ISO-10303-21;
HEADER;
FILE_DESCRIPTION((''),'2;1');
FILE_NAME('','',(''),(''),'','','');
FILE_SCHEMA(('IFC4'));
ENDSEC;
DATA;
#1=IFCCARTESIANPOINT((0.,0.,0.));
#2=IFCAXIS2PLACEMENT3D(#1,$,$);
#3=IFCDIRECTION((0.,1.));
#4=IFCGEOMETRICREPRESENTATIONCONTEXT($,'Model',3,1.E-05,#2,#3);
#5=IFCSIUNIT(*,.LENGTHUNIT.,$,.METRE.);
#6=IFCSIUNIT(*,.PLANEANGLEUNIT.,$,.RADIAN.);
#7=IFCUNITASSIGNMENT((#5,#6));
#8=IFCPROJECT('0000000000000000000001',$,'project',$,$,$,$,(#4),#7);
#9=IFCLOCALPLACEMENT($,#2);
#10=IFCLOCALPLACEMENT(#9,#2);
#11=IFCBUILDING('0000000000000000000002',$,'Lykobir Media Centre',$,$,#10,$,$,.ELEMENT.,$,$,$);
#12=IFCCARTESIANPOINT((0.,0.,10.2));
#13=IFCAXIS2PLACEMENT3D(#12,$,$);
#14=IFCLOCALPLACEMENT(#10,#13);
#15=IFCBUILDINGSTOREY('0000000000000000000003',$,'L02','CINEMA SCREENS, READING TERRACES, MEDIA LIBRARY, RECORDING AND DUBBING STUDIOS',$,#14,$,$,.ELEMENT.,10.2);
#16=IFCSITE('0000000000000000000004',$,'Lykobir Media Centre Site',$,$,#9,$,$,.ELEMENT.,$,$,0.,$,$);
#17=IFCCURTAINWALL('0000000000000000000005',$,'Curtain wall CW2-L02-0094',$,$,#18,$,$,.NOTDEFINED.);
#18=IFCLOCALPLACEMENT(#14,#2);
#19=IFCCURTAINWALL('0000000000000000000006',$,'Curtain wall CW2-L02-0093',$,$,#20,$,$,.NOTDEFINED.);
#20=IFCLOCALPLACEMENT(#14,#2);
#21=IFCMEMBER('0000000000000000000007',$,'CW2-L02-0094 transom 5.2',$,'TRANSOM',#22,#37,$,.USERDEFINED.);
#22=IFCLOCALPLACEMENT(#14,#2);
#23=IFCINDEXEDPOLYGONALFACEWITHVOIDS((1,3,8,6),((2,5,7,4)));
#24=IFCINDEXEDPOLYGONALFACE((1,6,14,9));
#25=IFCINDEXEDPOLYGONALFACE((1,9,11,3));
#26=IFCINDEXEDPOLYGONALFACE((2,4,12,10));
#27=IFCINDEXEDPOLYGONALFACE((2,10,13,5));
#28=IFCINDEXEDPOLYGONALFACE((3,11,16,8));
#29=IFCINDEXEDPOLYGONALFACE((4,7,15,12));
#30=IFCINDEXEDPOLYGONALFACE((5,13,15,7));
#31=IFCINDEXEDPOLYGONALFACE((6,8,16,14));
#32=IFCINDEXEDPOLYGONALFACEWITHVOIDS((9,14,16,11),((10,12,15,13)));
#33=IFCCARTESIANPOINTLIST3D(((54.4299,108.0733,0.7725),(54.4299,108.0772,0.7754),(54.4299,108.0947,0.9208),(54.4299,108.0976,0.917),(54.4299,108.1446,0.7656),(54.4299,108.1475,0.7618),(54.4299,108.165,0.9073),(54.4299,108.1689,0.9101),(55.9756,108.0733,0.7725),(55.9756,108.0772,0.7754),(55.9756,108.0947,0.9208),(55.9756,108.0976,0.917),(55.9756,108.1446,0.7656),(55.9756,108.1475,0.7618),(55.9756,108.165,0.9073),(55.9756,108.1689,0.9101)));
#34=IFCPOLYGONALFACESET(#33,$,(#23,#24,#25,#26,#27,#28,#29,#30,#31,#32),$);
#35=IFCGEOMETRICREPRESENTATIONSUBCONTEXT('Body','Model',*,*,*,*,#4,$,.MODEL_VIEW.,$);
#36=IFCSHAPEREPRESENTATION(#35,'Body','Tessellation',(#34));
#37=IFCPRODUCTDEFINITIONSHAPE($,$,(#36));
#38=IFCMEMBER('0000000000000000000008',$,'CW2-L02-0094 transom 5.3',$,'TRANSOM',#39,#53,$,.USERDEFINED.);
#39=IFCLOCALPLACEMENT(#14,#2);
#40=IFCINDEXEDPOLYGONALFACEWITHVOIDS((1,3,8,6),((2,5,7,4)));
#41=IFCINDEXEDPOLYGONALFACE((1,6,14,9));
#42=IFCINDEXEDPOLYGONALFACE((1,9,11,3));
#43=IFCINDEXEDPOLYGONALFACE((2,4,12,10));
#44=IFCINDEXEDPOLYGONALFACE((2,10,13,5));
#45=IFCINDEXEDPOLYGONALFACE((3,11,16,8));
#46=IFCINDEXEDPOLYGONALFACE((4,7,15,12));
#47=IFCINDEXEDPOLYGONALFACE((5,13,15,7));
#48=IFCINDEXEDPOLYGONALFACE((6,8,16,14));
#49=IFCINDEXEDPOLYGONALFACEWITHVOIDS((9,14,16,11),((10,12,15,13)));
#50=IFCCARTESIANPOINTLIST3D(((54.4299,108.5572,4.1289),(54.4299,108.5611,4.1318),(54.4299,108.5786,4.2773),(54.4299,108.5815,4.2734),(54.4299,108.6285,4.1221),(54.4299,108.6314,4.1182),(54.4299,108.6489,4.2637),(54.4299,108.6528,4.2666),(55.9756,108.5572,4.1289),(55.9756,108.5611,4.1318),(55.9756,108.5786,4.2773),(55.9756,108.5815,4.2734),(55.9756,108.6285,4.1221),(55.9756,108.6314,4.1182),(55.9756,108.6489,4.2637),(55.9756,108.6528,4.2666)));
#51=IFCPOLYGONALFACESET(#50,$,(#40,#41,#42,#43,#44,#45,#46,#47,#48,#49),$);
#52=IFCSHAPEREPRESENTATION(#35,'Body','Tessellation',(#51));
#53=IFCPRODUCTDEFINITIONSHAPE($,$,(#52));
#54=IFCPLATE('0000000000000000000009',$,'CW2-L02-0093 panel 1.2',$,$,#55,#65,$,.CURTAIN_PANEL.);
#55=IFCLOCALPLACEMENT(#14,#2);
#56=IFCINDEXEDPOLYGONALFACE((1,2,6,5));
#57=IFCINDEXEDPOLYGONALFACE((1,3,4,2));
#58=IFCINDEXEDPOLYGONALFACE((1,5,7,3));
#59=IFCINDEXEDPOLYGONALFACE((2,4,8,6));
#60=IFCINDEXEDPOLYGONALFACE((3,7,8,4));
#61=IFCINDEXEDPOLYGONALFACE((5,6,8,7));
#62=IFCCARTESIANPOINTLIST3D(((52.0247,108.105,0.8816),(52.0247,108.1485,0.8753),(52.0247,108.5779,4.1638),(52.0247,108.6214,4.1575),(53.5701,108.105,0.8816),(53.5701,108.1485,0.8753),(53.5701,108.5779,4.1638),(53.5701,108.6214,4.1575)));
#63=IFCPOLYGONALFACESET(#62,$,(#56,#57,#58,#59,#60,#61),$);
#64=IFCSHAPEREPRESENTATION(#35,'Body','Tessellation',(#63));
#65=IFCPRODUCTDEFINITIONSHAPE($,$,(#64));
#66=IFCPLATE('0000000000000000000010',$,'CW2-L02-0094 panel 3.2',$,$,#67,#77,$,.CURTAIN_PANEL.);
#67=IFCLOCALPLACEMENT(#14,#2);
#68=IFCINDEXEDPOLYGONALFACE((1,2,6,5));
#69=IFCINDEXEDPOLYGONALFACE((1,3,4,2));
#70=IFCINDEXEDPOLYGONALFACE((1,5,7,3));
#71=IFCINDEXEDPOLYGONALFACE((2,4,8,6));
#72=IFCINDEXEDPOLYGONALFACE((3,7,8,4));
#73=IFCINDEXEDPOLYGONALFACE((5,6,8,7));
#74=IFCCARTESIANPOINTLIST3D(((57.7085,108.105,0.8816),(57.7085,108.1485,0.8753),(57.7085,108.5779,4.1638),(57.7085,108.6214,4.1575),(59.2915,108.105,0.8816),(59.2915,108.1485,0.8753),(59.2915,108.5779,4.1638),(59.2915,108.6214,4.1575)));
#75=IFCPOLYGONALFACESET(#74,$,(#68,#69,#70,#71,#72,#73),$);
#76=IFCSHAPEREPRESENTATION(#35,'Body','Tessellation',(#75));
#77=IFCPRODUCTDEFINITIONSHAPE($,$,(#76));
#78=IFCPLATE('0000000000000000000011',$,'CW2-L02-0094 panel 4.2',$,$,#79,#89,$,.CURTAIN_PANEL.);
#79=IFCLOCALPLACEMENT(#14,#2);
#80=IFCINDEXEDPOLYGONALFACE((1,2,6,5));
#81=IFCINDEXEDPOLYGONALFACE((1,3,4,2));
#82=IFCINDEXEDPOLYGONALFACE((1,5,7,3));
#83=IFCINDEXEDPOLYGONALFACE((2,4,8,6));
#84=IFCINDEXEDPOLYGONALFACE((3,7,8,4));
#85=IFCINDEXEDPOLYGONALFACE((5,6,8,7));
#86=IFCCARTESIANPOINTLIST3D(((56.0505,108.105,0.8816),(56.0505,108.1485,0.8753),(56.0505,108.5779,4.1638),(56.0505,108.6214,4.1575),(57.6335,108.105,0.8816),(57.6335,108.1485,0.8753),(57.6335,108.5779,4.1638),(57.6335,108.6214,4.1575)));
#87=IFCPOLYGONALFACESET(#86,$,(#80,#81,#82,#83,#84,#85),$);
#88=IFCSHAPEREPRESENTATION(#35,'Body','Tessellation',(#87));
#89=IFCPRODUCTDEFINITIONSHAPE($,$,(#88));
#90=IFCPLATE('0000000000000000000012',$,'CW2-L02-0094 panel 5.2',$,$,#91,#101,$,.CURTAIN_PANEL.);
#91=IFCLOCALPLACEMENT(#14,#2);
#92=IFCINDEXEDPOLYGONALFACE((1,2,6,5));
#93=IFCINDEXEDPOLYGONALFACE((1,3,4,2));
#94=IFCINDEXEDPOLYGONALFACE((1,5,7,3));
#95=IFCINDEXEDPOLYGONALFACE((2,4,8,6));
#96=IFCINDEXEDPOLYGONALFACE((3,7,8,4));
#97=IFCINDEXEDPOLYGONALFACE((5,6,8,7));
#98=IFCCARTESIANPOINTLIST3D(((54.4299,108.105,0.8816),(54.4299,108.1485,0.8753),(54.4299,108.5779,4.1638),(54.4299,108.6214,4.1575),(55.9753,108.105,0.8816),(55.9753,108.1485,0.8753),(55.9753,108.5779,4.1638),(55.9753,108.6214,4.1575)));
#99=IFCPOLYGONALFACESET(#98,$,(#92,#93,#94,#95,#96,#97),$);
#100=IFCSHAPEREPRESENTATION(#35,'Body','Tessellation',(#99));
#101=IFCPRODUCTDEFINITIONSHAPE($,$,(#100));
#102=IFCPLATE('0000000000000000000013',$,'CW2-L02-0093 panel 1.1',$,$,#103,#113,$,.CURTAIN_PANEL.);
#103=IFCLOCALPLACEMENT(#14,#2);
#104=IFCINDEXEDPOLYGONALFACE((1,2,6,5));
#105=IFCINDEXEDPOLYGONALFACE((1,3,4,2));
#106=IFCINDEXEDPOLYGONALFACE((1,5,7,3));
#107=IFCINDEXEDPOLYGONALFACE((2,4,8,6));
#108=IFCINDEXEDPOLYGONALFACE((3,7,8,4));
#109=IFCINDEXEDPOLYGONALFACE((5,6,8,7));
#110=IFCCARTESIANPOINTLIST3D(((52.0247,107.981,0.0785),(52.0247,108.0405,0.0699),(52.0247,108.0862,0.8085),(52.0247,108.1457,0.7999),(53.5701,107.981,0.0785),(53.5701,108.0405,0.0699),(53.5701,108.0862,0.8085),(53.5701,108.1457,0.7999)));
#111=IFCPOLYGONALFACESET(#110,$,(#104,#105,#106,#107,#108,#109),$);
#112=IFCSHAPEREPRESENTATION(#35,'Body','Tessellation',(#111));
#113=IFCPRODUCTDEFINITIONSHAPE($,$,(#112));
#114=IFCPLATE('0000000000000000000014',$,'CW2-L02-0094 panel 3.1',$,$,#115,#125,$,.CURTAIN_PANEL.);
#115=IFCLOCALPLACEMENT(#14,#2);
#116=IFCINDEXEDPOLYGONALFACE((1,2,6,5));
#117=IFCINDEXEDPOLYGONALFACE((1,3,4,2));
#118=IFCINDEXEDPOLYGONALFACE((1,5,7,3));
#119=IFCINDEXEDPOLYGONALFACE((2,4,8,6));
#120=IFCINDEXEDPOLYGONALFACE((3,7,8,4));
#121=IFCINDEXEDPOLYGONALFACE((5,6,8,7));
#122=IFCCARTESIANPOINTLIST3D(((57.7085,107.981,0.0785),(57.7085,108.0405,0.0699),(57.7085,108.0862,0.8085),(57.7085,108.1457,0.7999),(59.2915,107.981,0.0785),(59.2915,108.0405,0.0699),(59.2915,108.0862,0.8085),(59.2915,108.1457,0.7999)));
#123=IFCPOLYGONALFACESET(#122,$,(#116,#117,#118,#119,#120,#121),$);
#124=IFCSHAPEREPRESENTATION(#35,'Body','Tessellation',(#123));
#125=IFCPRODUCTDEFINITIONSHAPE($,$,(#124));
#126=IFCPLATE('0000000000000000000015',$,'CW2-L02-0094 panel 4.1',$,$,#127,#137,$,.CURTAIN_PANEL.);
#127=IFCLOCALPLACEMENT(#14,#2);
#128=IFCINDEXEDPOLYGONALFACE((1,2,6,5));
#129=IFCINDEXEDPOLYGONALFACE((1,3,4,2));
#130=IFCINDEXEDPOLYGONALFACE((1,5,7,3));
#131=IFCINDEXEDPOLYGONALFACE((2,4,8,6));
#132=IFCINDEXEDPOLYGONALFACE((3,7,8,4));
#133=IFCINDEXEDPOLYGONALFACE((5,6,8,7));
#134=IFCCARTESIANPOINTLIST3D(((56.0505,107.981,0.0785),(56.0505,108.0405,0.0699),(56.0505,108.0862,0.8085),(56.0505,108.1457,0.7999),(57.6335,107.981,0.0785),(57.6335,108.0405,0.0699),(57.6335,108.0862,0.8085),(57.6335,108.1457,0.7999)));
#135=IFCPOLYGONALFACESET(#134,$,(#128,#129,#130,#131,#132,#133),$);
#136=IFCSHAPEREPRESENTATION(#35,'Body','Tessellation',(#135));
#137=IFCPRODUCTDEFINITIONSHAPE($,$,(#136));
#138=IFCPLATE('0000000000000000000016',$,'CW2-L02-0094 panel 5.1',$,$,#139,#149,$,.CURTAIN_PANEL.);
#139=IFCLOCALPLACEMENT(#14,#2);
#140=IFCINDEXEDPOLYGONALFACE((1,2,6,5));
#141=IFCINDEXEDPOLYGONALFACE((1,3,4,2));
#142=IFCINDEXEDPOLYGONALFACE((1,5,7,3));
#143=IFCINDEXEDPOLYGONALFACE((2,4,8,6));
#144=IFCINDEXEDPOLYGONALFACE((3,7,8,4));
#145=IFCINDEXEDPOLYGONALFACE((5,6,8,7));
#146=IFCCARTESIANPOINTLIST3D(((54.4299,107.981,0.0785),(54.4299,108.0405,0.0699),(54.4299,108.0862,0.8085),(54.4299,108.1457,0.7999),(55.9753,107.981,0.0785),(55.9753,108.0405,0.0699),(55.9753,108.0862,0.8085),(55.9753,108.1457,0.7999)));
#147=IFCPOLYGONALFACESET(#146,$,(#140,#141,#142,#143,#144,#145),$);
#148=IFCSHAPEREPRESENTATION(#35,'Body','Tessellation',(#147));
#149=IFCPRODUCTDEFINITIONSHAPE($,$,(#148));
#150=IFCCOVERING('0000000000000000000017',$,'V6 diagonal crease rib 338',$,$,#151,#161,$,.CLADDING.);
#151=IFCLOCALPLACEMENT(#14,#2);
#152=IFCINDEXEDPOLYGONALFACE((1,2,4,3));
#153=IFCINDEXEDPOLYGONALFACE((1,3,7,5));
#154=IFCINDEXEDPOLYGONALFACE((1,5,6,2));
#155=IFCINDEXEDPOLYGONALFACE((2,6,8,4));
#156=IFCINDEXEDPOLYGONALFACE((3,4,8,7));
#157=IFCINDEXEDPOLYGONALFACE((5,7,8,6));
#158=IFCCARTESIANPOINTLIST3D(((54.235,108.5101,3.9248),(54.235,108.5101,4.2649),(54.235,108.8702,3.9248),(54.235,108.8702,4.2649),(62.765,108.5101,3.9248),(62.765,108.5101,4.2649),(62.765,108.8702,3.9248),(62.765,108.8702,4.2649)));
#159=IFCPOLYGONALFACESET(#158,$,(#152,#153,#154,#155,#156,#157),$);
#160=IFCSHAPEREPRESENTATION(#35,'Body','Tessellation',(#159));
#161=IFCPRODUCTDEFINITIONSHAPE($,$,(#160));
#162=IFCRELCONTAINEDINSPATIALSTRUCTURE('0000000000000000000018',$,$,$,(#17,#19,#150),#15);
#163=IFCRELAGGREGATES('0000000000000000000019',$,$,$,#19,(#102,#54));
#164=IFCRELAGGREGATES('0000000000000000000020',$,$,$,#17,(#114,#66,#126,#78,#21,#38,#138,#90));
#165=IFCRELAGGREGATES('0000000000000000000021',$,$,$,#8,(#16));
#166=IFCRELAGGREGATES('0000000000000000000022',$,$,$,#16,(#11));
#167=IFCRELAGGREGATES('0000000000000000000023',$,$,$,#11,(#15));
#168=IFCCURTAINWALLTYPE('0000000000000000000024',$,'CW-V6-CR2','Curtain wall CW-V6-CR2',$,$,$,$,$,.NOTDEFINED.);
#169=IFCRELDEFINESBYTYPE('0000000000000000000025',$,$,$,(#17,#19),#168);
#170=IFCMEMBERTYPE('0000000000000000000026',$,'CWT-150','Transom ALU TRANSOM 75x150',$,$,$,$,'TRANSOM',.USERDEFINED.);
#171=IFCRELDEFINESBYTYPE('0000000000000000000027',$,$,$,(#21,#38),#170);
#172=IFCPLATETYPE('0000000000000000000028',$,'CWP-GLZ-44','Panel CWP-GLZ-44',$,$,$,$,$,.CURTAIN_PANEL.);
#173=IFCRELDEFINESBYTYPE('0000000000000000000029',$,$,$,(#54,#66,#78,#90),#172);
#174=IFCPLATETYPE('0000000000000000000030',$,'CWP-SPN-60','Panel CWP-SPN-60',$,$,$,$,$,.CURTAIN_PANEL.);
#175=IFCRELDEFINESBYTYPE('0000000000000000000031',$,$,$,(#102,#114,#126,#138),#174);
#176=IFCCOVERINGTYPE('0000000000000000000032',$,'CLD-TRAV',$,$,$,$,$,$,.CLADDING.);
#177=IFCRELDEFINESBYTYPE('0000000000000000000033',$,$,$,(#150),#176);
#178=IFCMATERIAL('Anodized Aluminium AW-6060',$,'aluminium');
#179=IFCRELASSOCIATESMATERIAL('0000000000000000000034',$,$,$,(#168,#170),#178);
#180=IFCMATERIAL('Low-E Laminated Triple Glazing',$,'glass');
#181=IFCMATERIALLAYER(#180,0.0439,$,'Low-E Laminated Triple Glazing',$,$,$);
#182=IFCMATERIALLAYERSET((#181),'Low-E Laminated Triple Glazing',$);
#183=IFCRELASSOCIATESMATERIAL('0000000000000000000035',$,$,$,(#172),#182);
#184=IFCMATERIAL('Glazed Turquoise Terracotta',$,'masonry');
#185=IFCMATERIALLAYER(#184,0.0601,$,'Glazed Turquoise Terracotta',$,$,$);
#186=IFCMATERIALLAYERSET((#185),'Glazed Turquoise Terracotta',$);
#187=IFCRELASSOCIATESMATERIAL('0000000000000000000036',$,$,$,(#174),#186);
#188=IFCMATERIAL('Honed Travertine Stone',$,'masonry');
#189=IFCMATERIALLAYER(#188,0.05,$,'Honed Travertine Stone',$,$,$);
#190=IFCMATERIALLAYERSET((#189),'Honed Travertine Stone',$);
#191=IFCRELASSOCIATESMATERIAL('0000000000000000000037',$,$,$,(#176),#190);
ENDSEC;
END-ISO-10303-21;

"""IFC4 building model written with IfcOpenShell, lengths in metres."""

from ifc_helpers import new_model, si_unit, direction, frame, origin, origin_2d, place, context, subcontext, project, spatial, rectangle, hollow_rectangle, extrude, material, layer, layer_set, material_profile, profile_set, type_object, element, aggregate, save


model = new_model("IFC4")

# Units and contexts
model_context = context("Model", 3, precision=1e-05, world=origin(), true_north=direction((0.0, 1.0)))
body_context = subcontext(model_context, "Body", "Model", "MODEL_VIEW")
ifc_project = project(units=[si_unit("LENGTHUNIT", "METRE"), si_unit("PLANEANGLEUNIT", "RADIAN")], contexts=[model_context])

# Site, building, storey
site_placement = place(None, origin())
site = spatial("IfcSite", under=ifc_project, at=site_placement, Name="Lykobir Media Centre Site", CompositionType="ELEMENT", RefElevation=0.0)
building_placement = place(site_placement, origin())
building = spatial("IfcBuilding", under=site, at=building_placement, Name="Lykobir Media Centre", CompositionType="ELEMENT")
storey_placement = place(building_placement, frame((0.0, 0.0, 10.2)))
storey = spatial("IfcBuildingStorey", under=building, at=storey_placement, Name="L02", Description="CINEMA SCREENS, READING TERRACES, MEDIA LIBRARY, RECORDING AND DUBBING STUDIOS", CompositionType="ELEMENT", Elevation=10.2)

# Curtain wall
ifc_material_1 = material(Name="Anodized Aluminium AW-6060", Category="aluminium")
curtain_wall_type = type_object("IfcCurtainWallType", Name="CW-V6-CR2", Description="Curtain wall CW-V6-CR2", PredefinedType="NOTDEFINED", material=ifc_material_1)
curtain_wall_1_placement = place(storey_placement, origin())
curtain_wall_1 = element("IfcCurtainWall", 1, at=curtain_wall_1_placement, inside=storey, type_object=curtain_wall_type, Name="Curtain wall CW2-L02-0094", PredefinedType="NOTDEFINED")

# Curtain wall
curtain_wall_2_placement = place(storey_placement, origin())
curtain_wall_2 = element("IfcCurtainWall", 2, at=curtain_wall_2_placement, inside=storey, type_object=curtain_wall_type, Name="Curtain wall CW2-L02-0093", PredefinedType="NOTDEFINED")
ifc_material_profile_1 = material_profile(ifc_material_1, hollow_rectangle(XDim=0.075, YDim=0.1499, WallThickness=0.0034, at=origin_2d()), Name="ALU TRANSOM 75x150")
ifc_profile_set_1 = profile_set([ifc_material_profile_1], Name="Anodized Aluminium AW-6060")
member_type_1 = type_object("IfcMemberType", Name="CWT-150", Description="Transom ALU TRANSOM 75x150", ElementType="TRANSOM", PredefinedType="USERDEFINED", material=ifc_profile_set_1)

# Members
member_1_placement = place(storey_placement, frame((55.9756, 108.1211, 0.8413), z_axis=(-1.0, 0.0, 0.0), x_axis=(0.0, -0.989776, 0.142629)))
member_1 = element("IfcMember", 3, at=member_1_placement, type_object=member_type_1, Name="CW2-L02-0094 transom 5.2", ObjectType="TRANSOM", PredefinedType="USERDEFINED", context=body_context, shape_type="SweptSolid", body=[
    extrude(hollow_rectangle(XDim=0.075, YDim=0.1499, WallThickness=0.0034, at=origin_2d()), origin(), (0.0, 0.0, 1.0), 1.5457),
])
member_2_placement = place(storey_placement, frame((55.9756, 108.605, 4.1978), z_axis=(-1.0, 0.0, 0.0), x_axis=(0.0, -0.989776, 0.142629)))
member_2 = element("IfcMember", 4, at=member_2_placement, type_object=member_type_1, Name="CW2-L02-0094 transom 5.3", ObjectType="TRANSOM", PredefinedType="USERDEFINED", context=body_context, shape_type="SweptSolid", body=[
    extrude(hollow_rectangle(XDim=0.075, YDim=0.1499, WallThickness=0.0034, at=origin_2d()), origin(), (0.0, 0.0, 1.0), 1.5457),
])

# Plates
ifc_material_2 = material(Name="Low-E Laminated Triple Glazing", Category="glass")
ifc_layer_1 = layer(ifc_material_2, 0.0439, Name="Low-E Laminated Triple Glazing")
ifc_layer_set_1 = layer_set([ifc_layer_1], Name="Low-E Laminated Triple Glazing")
plate_type_1 = type_object("IfcPlateType", Name="CWP-GLZ-44", Description="Panel CWP-GLZ-44", PredefinedType="CURTAIN_PANEL", material=ifc_layer_set_1)
plate_1_placement = place(storey_placement, frame((52.7974, 108.1267, 0.8784), z_axis=(0.0, 0.142629, 0.989776), x_axis=(-1.0, 0.0, 0.0)))
plate_1 = element("IfcPlate", 5, at=plate_1_placement, type_object=plate_type_1, Name="CW2-L02-0093 panel 1.2", PredefinedType="CURTAIN_PANEL", context=body_context, shape_type="SweptSolid", body=[
    extrude(rectangle(XDim=1.5454, YDim=0.0439, at=origin_2d()), origin(), (0.0, 0.0, 1.0), 3.3162),
])
plate_2_placement = place(storey_placement, frame((58.5, 108.1267, 0.8784), z_axis=(0.0, 0.142629, 0.989776), x_axis=(-1.0, 0.0, 0.0)))
plate_2 = element("IfcPlate", 6, at=plate_2_placement, type_object=plate_type_1, Name="CW2-L02-0094 panel 3.2", PredefinedType="CURTAIN_PANEL", context=body_context, shape_type="SweptSolid", body=[
    extrude(rectangle(XDim=1.583, YDim=0.0439, at=origin_2d()), origin(), (0.0, 0.0, 1.0), 3.3162),
])
plate_3_placement = place(storey_placement, frame((56.842, 108.1267, 0.8784), z_axis=(0.0, 0.142629, 0.989776), x_axis=(-1.0, 0.0, 0.0)))
plate_3 = element("IfcPlate", 7, at=plate_3_placement, type_object=plate_type_1, Name="CW2-L02-0094 panel 4.2", PredefinedType="CURTAIN_PANEL", context=body_context, shape_type="SweptSolid", body=[
    extrude(rectangle(XDim=1.583, YDim=0.0439, at=origin_2d()), origin(), (0.0, 0.0, 1.0), 3.3162),
])
plate_4_placement = place(storey_placement, frame((55.2026, 108.1267, 0.8784), z_axis=(0.0, 0.142629, 0.989776), x_axis=(-1.0, 0.0, 0.0)))
plate_4 = element("IfcPlate", 8, at=plate_4_placement, type_object=plate_type_1, Name="CW2-L02-0094 panel 5.2", PredefinedType="CURTAIN_PANEL", context=body_context, shape_type="SweptSolid", body=[
    extrude(rectangle(XDim=1.5454, YDim=0.0439, at=origin_2d()), origin(), (0.0, 0.0, 1.0), 3.3162),
])
ifc_material_3 = material(Name="Glazed Turquoise Terracotta", Category="masonry")
ifc_layer_2 = layer(ifc_material_3, 0.0601, Name="Glazed Turquoise Terracotta")
ifc_layer_set_2 = layer_set([ifc_layer_2], Name="Glazed Turquoise Terracotta")
plate_type_2 = type_object("IfcPlateType", Name="CWP-SPN-60", Description="Panel CWP-SPN-60", PredefinedType="CURTAIN_PANEL", material=ifc_layer_set_2)
plate_5_placement = place(storey_placement, frame((52.7974, 108.0107, 0.0742), z_axis=(0.0, 0.142629, 0.989776), x_axis=(-1.0, 0.0, 0.0)))
plate_5 = element("IfcPlate", 9, at=plate_5_placement, type_object=plate_type_2, Name="CW2-L02-0093 panel 1.1", PredefinedType="CURTAIN_PANEL", context=body_context, shape_type="SweptSolid", body=[
    extrude(rectangle(XDim=1.5454, YDim=0.0601, at=origin_2d()), origin(), (0.0, 0.0, 1.0), 0.7375),
])
aggregate(curtain_wall_2, [plate_5, plate_1])
plate_6_placement = place(storey_placement, frame((58.5, 108.0107, 0.0742), z_axis=(0.0, 0.142629, 0.989776), x_axis=(-1.0, 0.0, 0.0)))
plate_6 = element("IfcPlate", 10, at=plate_6_placement, type_object=plate_type_2, Name="CW2-L02-0094 panel 3.1", PredefinedType="CURTAIN_PANEL", context=body_context, shape_type="SweptSolid", body=[
    extrude(rectangle(XDim=1.583, YDim=0.0601, at=origin_2d()), origin(), (0.0, 0.0, 1.0), 0.7375),
])
plate_7_placement = place(storey_placement, frame((56.842, 108.0107, 0.0742), z_axis=(0.0, 0.142629, 0.989776), x_axis=(-1.0, 0.0, 0.0)))
plate_7 = element("IfcPlate", 11, at=plate_7_placement, type_object=plate_type_2, Name="CW2-L02-0094 panel 4.1", PredefinedType="CURTAIN_PANEL", context=body_context, shape_type="SweptSolid", body=[
    extrude(rectangle(XDim=1.583, YDim=0.0601, at=origin_2d()), origin(), (0.0, 0.0, 1.0), 0.7375),
])
plate_8_placement = place(storey_placement, frame((55.2026, 108.0107, 0.0742), z_axis=(0.0, 0.142629, 0.989776), x_axis=(-1.0, 0.0, 0.0)))
plate_8 = element("IfcPlate", 12, at=plate_8_placement, type_object=plate_type_2, Name="CW2-L02-0094 panel 5.1", PredefinedType="CURTAIN_PANEL", context=body_context, shape_type="SweptSolid", body=[
    extrude(rectangle(XDim=1.5454, YDim=0.0601, at=origin_2d()), origin(), (0.0, 0.0, 1.0), 0.7375),
])
aggregate(curtain_wall_1, [plate_6, plate_2, plate_7, plate_3, member_1, member_2, plate_8, plate_4])

# Covering
ifc_material_4 = material(Name="Honed Travertine Stone", Category="masonry")
ifc_layer_3 = layer(ifc_material_4, 0.05, Name="Honed Travertine Stone")
ifc_layer_set_3 = layer_set([ifc_layer_3], Name="Honed Travertine Stone")
covering_type = type_object("IfcCoveringType", Name="CLD-TRAV", PredefinedType="CLADDING", material=ifc_layer_set_3)
covering_placement = place(storey_placement, frame((58.5, 108.6902, 3.9248), z_axis=(0.0, 0.0, 1.0), x_axis=(-1.0, 0.0, 0.0)))
element("IfcCovering", 13, at=covering_placement, inside=storey, type_object=covering_type, Name="V6 diagonal crease rib 338", PredefinedType="CLADDING", context=body_context, shape_type="SweptSolid", body=[
    extrude(rectangle(XDim=8.53, YDim=0.3601, at=origin_2d()), origin(), (0.0, 0.0, 1.0), 0.3401),
])

save(model, "model.ifc")
